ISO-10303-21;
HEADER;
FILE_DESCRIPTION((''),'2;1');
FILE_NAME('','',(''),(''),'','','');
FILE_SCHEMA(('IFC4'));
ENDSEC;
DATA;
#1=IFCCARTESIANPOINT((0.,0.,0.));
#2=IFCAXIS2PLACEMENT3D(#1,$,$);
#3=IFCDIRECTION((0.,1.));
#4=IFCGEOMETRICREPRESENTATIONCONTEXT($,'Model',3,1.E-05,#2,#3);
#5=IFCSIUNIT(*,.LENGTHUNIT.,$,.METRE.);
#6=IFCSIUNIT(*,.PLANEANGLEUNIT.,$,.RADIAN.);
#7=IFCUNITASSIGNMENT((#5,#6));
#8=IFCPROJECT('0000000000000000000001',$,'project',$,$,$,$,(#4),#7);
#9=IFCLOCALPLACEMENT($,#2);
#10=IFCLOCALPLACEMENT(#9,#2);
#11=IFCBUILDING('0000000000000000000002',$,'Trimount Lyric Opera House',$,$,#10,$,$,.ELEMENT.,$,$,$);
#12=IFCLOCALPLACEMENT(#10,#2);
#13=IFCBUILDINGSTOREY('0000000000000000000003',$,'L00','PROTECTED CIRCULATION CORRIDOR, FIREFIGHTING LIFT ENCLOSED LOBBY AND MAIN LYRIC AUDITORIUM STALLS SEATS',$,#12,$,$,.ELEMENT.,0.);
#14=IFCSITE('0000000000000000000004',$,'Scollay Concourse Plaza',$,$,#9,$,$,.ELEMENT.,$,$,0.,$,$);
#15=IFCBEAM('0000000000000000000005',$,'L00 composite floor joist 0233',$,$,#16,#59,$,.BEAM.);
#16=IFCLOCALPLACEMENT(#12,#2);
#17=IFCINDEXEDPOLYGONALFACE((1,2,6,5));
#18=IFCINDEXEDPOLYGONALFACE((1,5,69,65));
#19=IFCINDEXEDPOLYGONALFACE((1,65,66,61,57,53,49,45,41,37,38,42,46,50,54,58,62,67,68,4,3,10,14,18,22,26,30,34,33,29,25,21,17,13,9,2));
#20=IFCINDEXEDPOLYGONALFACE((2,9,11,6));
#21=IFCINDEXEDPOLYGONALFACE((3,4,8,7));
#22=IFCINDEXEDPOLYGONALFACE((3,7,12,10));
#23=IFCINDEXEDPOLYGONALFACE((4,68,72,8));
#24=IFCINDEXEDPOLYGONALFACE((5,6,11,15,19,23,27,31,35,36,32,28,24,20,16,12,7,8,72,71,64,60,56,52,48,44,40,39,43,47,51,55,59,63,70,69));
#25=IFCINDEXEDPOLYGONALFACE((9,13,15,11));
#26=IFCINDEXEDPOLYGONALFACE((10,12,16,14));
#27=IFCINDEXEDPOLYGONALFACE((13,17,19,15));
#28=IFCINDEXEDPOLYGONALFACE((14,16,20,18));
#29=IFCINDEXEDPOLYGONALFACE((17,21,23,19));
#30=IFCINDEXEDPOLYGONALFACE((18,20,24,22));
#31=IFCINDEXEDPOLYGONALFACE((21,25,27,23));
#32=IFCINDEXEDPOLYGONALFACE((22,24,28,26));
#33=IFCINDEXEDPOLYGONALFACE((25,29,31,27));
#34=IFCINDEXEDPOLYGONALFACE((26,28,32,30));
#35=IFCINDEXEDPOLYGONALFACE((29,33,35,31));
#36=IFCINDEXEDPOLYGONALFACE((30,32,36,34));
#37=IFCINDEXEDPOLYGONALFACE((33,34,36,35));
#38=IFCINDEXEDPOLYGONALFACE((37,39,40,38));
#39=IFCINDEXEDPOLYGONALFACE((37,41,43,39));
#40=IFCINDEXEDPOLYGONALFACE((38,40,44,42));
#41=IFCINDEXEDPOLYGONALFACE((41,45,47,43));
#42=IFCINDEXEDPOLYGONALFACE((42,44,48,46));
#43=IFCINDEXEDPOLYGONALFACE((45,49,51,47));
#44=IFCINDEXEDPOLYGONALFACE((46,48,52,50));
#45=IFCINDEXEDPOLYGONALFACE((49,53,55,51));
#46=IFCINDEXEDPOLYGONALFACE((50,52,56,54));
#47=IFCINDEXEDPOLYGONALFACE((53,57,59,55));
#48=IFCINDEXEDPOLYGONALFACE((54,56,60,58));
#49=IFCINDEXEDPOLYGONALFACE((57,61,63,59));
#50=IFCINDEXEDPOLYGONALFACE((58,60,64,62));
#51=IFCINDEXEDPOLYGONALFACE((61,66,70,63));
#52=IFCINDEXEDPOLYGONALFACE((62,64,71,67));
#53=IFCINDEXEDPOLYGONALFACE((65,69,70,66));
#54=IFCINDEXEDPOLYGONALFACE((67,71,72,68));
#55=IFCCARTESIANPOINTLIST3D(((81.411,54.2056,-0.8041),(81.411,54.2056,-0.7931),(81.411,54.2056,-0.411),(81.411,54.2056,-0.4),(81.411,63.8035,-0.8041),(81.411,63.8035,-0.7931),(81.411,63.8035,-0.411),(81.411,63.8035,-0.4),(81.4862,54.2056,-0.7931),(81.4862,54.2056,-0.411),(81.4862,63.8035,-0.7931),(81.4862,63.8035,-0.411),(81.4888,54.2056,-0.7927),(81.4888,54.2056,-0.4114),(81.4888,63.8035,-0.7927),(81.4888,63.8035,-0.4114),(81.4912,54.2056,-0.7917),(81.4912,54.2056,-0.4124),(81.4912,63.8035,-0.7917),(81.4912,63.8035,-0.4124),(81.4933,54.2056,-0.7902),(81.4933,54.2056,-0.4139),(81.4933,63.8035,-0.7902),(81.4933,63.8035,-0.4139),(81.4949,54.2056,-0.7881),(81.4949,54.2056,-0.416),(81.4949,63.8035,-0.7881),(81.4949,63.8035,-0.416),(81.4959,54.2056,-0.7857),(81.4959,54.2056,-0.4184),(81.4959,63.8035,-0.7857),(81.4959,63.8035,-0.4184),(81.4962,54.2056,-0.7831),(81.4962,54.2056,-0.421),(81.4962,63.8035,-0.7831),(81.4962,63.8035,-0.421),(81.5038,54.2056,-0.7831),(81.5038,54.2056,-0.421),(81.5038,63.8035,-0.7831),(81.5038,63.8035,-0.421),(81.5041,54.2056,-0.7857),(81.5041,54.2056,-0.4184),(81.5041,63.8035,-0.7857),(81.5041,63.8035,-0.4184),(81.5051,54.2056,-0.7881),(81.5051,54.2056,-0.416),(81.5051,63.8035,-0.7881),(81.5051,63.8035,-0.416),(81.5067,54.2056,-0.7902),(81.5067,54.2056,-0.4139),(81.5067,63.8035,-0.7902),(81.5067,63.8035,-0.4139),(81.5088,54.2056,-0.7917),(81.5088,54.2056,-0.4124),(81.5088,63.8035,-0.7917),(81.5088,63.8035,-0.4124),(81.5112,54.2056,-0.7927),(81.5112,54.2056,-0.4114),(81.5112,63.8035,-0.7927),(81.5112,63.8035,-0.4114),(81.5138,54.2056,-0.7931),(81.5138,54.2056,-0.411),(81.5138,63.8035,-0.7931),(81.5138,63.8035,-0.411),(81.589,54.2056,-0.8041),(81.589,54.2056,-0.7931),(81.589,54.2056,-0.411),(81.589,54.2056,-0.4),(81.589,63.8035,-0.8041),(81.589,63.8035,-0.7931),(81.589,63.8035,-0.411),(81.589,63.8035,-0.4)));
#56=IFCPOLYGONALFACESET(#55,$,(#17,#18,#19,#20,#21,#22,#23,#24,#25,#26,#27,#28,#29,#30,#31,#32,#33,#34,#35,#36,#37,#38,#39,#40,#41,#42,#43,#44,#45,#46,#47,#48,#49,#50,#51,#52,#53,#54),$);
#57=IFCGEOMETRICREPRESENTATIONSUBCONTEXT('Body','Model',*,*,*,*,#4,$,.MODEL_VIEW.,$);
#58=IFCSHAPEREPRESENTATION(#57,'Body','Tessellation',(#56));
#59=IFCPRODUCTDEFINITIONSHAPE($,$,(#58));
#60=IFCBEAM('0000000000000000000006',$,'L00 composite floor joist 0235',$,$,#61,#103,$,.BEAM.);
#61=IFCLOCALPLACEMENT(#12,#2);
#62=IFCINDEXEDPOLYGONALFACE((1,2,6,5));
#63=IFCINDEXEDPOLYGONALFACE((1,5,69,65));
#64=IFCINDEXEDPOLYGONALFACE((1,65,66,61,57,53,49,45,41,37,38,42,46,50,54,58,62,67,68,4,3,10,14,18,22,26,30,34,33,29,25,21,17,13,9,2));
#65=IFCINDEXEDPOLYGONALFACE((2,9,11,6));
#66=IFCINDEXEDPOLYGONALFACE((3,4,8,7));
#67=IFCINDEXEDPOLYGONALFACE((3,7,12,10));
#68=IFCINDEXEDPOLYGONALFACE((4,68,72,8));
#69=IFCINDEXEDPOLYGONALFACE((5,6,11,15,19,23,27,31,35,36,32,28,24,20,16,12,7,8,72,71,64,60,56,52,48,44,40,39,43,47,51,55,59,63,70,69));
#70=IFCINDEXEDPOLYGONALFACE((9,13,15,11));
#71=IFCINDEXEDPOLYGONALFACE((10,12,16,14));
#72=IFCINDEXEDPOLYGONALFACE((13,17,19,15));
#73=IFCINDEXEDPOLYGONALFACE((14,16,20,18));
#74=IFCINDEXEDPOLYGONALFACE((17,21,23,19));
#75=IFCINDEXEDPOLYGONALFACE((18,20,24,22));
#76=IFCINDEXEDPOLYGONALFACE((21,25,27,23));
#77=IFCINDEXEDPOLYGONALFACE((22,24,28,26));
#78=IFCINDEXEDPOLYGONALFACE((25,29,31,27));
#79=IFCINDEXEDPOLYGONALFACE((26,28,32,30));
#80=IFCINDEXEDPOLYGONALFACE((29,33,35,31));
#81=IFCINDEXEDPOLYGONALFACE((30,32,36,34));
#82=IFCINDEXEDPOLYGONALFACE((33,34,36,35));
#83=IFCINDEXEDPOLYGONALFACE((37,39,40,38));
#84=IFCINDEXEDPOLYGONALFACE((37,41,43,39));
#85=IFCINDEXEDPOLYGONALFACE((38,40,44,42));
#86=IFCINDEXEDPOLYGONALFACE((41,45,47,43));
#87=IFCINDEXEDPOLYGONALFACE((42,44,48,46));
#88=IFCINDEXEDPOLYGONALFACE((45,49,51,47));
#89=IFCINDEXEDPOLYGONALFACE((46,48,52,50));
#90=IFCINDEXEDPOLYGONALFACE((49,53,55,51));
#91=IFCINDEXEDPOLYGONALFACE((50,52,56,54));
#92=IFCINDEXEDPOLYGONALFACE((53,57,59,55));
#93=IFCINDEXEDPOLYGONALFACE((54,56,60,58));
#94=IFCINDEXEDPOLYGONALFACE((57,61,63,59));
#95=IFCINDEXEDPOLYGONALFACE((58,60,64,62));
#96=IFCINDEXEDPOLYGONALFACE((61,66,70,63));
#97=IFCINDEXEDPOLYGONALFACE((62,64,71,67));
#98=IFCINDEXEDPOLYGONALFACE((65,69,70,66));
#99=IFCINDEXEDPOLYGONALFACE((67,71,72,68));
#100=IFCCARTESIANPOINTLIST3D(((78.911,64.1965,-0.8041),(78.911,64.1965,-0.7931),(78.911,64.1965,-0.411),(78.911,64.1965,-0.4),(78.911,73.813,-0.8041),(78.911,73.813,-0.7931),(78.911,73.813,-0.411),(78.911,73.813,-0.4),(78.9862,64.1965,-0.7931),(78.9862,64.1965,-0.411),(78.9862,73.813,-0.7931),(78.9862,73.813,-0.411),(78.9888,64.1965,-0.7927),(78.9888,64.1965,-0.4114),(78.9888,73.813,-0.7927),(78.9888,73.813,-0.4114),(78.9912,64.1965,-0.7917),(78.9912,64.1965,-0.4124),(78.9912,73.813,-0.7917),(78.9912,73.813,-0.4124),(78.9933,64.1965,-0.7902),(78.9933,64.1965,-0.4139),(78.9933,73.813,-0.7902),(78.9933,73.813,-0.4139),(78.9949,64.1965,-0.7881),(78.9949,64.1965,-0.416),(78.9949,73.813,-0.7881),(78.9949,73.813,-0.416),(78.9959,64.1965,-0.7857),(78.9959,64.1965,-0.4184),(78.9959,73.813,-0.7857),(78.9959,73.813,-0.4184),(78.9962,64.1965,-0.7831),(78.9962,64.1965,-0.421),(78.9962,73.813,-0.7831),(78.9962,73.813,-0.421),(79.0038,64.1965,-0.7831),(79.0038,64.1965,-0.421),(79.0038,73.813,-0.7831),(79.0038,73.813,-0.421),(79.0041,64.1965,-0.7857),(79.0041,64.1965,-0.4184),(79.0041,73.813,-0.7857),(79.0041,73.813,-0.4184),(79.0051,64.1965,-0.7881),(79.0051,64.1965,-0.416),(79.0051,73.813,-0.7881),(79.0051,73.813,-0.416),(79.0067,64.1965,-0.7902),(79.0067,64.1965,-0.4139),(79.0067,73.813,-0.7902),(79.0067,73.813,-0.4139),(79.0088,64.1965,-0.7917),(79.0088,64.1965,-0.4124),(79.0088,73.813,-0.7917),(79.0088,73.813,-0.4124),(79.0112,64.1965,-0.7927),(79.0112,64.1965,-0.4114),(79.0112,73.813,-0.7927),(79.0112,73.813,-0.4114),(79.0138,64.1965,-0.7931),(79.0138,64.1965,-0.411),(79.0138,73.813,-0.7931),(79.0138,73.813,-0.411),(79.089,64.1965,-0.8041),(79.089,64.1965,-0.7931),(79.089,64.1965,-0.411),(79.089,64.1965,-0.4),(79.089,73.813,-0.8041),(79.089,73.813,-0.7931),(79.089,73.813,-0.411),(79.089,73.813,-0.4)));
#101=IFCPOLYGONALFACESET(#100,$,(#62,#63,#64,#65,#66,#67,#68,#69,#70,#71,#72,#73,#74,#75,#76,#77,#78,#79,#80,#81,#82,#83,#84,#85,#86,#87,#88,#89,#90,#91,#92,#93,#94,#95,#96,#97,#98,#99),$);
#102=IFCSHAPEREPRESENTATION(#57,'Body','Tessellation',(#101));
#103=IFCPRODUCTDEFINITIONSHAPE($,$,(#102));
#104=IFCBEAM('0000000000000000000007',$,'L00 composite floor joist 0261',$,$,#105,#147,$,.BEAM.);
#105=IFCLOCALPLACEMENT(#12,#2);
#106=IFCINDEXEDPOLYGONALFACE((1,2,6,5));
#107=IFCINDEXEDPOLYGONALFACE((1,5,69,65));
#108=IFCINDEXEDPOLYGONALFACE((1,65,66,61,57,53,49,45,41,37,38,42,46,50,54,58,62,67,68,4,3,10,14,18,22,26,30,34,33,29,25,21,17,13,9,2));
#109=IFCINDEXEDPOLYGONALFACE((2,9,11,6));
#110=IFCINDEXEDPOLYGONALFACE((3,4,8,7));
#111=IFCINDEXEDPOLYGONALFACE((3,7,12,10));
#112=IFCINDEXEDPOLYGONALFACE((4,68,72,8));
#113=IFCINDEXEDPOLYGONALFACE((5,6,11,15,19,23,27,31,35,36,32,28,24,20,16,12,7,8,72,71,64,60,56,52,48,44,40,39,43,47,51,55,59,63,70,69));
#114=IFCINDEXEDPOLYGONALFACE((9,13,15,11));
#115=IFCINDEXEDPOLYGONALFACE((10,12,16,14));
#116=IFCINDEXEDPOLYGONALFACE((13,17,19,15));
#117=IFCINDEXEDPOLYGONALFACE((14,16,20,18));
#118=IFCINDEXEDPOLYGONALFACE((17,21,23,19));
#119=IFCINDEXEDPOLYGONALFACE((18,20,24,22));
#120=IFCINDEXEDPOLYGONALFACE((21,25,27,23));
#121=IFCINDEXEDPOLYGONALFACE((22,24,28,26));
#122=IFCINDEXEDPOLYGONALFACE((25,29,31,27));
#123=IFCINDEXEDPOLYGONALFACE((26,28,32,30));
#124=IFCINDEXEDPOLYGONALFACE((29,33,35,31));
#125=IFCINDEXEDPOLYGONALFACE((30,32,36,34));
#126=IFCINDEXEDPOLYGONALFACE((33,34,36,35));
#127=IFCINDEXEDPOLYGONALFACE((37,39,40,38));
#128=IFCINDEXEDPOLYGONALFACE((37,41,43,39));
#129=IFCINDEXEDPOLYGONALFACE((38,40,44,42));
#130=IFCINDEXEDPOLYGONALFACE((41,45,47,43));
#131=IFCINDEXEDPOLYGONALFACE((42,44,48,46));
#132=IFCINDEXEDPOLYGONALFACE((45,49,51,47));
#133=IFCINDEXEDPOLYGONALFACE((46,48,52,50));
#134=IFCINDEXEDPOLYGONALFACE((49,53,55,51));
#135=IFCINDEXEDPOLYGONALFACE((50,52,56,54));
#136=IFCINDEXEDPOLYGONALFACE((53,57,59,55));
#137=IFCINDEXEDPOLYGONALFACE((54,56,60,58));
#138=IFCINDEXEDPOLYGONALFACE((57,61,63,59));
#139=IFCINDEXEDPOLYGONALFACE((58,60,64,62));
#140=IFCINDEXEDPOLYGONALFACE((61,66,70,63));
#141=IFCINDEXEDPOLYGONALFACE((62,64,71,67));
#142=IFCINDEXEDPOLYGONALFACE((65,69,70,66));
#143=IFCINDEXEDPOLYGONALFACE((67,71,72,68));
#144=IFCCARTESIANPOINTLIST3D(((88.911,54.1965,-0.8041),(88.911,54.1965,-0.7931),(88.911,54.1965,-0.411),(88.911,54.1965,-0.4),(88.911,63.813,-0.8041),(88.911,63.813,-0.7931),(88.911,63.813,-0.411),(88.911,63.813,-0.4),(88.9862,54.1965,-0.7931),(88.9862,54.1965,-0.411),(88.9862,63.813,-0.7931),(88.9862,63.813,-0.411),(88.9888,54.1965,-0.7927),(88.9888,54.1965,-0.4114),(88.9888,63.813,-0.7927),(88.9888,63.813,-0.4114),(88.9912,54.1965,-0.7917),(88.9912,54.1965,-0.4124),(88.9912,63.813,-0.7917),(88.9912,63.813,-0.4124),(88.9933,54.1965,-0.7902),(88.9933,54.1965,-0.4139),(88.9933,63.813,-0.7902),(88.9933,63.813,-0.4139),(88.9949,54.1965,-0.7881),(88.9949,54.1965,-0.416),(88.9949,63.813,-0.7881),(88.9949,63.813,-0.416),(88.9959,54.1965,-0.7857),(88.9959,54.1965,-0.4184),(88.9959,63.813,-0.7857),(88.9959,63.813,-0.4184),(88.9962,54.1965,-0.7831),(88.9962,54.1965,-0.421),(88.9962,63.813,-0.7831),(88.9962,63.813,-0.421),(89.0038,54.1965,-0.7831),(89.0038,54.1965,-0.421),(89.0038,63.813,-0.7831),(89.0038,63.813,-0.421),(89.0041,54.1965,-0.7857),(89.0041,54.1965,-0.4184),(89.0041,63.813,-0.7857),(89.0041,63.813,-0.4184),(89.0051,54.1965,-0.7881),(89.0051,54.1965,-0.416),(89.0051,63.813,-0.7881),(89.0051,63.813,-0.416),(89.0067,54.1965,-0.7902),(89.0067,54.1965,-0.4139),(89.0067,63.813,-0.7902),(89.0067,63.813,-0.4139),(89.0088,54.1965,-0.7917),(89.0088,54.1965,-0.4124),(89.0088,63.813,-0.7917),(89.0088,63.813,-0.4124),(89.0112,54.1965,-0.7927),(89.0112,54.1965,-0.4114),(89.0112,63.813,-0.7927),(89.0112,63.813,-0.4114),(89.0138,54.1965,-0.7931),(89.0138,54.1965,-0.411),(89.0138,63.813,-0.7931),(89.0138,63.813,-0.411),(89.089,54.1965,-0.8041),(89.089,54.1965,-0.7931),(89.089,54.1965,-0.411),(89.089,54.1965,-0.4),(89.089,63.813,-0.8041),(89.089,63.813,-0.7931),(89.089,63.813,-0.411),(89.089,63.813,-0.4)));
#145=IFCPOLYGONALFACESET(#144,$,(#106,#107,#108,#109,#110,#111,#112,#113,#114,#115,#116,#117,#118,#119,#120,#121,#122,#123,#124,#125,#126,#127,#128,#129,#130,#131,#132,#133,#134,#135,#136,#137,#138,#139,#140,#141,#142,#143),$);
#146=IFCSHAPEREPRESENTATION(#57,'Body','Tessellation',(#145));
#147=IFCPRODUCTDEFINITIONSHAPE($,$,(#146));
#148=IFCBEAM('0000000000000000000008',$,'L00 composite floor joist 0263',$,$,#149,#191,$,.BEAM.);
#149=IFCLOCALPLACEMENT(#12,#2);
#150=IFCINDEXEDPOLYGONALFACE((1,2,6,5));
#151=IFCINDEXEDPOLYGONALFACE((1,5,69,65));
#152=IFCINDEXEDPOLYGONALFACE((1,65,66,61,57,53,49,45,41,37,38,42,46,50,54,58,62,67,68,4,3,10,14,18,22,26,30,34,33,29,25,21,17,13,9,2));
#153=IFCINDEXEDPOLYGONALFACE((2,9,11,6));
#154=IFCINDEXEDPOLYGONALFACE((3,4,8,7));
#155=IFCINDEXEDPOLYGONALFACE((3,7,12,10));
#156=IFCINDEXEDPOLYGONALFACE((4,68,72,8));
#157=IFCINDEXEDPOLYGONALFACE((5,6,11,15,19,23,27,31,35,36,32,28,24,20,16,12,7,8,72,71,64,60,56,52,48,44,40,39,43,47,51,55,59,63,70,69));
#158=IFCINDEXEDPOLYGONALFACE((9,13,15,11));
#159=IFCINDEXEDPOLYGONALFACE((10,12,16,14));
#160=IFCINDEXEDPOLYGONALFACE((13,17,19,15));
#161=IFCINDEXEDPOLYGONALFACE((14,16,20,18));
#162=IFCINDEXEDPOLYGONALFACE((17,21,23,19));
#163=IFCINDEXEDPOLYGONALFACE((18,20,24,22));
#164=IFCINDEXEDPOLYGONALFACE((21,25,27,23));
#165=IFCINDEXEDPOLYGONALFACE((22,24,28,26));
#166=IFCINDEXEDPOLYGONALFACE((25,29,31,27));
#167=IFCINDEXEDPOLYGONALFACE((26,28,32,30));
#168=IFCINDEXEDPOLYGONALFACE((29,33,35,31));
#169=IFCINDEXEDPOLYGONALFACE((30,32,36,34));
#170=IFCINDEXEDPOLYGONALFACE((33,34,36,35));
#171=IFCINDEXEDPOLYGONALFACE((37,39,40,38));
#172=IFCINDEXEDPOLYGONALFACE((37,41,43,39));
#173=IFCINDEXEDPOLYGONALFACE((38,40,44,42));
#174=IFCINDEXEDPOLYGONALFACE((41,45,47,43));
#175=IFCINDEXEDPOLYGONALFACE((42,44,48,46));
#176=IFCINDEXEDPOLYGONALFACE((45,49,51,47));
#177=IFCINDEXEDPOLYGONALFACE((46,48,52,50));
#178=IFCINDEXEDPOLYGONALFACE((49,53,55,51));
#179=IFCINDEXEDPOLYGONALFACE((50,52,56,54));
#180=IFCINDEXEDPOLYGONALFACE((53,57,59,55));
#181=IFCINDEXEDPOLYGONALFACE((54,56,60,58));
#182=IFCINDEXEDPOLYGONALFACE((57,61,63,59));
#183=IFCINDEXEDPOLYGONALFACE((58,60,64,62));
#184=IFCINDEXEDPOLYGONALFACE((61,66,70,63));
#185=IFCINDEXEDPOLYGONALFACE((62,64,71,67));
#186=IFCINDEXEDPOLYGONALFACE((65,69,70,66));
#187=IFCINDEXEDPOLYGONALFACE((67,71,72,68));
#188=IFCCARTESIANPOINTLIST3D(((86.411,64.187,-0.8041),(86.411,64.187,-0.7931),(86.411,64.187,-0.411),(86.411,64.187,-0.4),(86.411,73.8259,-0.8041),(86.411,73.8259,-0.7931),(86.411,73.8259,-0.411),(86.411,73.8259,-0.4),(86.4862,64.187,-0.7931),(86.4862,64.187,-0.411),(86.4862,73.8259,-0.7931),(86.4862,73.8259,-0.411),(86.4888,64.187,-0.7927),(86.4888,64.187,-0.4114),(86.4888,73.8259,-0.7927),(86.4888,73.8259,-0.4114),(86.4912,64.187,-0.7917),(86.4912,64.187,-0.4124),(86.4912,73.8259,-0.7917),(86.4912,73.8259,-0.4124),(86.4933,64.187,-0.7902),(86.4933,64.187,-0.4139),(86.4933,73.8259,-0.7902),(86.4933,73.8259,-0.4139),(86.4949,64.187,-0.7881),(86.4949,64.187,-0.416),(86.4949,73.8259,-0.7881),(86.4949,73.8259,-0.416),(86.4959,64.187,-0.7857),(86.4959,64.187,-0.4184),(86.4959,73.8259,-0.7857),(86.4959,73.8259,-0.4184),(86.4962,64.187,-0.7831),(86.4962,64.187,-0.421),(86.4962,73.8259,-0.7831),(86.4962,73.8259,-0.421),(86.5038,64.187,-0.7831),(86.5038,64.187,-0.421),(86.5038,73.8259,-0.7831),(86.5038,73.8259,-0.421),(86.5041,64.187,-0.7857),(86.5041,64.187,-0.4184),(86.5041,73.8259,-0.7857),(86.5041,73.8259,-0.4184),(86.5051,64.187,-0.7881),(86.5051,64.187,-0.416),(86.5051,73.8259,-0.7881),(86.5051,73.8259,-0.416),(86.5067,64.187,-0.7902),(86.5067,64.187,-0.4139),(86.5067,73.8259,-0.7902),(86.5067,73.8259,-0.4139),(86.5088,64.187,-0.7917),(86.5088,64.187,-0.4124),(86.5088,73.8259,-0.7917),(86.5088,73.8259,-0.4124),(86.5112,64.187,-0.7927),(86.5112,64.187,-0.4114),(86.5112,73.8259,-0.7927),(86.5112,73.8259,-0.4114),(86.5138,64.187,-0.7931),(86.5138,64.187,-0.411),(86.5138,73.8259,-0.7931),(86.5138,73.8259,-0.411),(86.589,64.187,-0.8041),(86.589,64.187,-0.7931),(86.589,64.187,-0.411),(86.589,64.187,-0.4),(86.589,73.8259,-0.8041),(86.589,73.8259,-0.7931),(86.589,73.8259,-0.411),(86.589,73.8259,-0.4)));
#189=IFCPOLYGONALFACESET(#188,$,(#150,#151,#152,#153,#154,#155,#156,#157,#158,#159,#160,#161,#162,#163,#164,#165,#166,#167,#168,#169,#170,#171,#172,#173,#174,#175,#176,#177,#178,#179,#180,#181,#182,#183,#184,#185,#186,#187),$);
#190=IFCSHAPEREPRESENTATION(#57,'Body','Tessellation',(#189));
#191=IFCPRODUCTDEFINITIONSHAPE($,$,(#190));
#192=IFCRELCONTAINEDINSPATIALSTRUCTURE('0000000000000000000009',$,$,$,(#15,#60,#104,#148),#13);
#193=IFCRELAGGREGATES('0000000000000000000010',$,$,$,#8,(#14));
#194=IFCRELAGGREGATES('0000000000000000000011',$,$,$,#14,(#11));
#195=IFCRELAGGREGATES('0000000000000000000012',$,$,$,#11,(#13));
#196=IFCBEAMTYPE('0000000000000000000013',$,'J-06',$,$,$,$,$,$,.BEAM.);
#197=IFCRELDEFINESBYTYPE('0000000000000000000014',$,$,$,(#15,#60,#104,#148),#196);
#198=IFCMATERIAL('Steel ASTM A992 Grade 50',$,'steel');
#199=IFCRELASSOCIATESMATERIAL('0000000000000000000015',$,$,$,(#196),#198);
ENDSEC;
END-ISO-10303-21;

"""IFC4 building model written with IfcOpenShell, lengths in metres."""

from ifc_helpers import new_model, si_unit, direction, frame, origin, origin_2d, place, context, subcontext, project, spatial, i_section, extrude, material, material_profile, profile_set, type_object, element, save


model = new_model("IFC4")

# Units and contexts
model_context = context("Model", 3, precision=1e-05, world=origin(), true_north=direction((0.0, 1.0)))
body_context = subcontext(model_context, "Body", "Model", "MODEL_VIEW")
ifc_project = project(units=[si_unit("LENGTHUNIT", "METRE"), si_unit("PLANEANGLEUNIT", "RADIAN")], contexts=[model_context])

# Site, building, storey
site_placement = place(None, origin())
site = spatial("IfcSite", under=ifc_project, at=site_placement, Name="Scollay Concourse Plaza", CompositionType="ELEMENT", RefElevation=0.0)
building_placement = place(site_placement, origin())
building = spatial("IfcBuilding", under=site, at=building_placement, Name="Trimount Lyric Opera House", CompositionType="ELEMENT")
storey_placement = place(building_placement, origin())
storey = spatial("IfcBuildingStorey", under=building, at=storey_placement, Name="L00", Description="PROTECTED CIRCULATION CORRIDOR, FIREFIGHTING LIFT ENCLOSED LOBBY AND MAIN LYRIC AUDITORIUM STALLS SEATS", CompositionType="ELEMENT", Elevation=0.0)

# Beams
ifc_material_1 = material(Name="Steel ASTM A992 Grade 50", Category="steel")
ifc_material_profile_1 = material_profile(ifc_material_1, i_section(OverallWidth=0.178, OverallDepth=0.4041, WebThickness=0.0076, FlangeThickness=0.011, FilletRadius=0.01, at=origin_2d()), Name="W16X36")
ifc_profile_set_1 = profile_set([ifc_material_profile_1], Name="Steel ASTM A992 Grade 50")
beam_type_1 = type_object("IfcBeamType", Name="J-06", PredefinedType="BEAM", material=ifc_profile_set_1)
beam_1_placement = place(storey_placement, frame((81.5, 54.2056, -0.6021), z_axis=(0.0, 1.0, 0.0), x_axis=(-1.0, 0.0, 0.0)))
element("IfcBeam", 1, at=beam_1_placement, inside=storey, type_object=beam_type_1, Name="L00 composite floor joist 0233", PredefinedType="BEAM", context=body_context, shape_type="SweptSolid", body=[
    extrude(i_section(OverallWidth=0.178, OverallDepth=0.4041, WebThickness=0.0076, FlangeThickness=0.011, FilletRadius=0.01, at=origin_2d()), origin(), (0.0, 0.0, 1.0), 9.5979),
])
for number, where, z_axis, x_axis, name in (
    (2, (79.0, 64.1965, -0.6021), (0.0, 1.0, 0.0), (-1.0, 0.0, 0.0), "L00 composite floor joist 0235"),
    (3, (89.0, 54.1965, -0.6021), (0.0, 1.0, 0.0), (-1.0, 0.0, 0.0), "L00 composite floor joist 0261"),
):
    element("IfcBeam", number, at=place(storey_placement, frame(where, z_axis=z_axis, x_axis=x_axis)), inside=storey, type_object=beam_type_1, Name=name, PredefinedType="BEAM", context=body_context, shape_type="SweptSolid", body=[
        extrude(i_section(OverallWidth=0.178, OverallDepth=0.4041, WebThickness=0.0076, FlangeThickness=0.011, FilletRadius=0.01, at=origin_2d()), origin(), (0.0, 0.0, 1.0), 9.6165),
    ])
beam_2_placement = place(storey_placement, frame((86.5, 64.187, -0.6021), z_axis=(0.0, 1.0, 0.0), x_axis=(-1.0, 0.0, 0.0)))
element("IfcBeam", 4, at=beam_2_placement, inside=storey, type_object=beam_type_1, Name="L00 composite floor joist 0263", PredefinedType="BEAM", context=body_context, shape_type="SweptSolid", body=[
    extrude(i_section(OverallWidth=0.178, OverallDepth=0.4041, WebThickness=0.0076, FlangeThickness=0.011, FilletRadius=0.01, at=origin_2d()), origin(), (0.0, 0.0, 1.0), 9.6389),
])

save(model, "model.ifc")
